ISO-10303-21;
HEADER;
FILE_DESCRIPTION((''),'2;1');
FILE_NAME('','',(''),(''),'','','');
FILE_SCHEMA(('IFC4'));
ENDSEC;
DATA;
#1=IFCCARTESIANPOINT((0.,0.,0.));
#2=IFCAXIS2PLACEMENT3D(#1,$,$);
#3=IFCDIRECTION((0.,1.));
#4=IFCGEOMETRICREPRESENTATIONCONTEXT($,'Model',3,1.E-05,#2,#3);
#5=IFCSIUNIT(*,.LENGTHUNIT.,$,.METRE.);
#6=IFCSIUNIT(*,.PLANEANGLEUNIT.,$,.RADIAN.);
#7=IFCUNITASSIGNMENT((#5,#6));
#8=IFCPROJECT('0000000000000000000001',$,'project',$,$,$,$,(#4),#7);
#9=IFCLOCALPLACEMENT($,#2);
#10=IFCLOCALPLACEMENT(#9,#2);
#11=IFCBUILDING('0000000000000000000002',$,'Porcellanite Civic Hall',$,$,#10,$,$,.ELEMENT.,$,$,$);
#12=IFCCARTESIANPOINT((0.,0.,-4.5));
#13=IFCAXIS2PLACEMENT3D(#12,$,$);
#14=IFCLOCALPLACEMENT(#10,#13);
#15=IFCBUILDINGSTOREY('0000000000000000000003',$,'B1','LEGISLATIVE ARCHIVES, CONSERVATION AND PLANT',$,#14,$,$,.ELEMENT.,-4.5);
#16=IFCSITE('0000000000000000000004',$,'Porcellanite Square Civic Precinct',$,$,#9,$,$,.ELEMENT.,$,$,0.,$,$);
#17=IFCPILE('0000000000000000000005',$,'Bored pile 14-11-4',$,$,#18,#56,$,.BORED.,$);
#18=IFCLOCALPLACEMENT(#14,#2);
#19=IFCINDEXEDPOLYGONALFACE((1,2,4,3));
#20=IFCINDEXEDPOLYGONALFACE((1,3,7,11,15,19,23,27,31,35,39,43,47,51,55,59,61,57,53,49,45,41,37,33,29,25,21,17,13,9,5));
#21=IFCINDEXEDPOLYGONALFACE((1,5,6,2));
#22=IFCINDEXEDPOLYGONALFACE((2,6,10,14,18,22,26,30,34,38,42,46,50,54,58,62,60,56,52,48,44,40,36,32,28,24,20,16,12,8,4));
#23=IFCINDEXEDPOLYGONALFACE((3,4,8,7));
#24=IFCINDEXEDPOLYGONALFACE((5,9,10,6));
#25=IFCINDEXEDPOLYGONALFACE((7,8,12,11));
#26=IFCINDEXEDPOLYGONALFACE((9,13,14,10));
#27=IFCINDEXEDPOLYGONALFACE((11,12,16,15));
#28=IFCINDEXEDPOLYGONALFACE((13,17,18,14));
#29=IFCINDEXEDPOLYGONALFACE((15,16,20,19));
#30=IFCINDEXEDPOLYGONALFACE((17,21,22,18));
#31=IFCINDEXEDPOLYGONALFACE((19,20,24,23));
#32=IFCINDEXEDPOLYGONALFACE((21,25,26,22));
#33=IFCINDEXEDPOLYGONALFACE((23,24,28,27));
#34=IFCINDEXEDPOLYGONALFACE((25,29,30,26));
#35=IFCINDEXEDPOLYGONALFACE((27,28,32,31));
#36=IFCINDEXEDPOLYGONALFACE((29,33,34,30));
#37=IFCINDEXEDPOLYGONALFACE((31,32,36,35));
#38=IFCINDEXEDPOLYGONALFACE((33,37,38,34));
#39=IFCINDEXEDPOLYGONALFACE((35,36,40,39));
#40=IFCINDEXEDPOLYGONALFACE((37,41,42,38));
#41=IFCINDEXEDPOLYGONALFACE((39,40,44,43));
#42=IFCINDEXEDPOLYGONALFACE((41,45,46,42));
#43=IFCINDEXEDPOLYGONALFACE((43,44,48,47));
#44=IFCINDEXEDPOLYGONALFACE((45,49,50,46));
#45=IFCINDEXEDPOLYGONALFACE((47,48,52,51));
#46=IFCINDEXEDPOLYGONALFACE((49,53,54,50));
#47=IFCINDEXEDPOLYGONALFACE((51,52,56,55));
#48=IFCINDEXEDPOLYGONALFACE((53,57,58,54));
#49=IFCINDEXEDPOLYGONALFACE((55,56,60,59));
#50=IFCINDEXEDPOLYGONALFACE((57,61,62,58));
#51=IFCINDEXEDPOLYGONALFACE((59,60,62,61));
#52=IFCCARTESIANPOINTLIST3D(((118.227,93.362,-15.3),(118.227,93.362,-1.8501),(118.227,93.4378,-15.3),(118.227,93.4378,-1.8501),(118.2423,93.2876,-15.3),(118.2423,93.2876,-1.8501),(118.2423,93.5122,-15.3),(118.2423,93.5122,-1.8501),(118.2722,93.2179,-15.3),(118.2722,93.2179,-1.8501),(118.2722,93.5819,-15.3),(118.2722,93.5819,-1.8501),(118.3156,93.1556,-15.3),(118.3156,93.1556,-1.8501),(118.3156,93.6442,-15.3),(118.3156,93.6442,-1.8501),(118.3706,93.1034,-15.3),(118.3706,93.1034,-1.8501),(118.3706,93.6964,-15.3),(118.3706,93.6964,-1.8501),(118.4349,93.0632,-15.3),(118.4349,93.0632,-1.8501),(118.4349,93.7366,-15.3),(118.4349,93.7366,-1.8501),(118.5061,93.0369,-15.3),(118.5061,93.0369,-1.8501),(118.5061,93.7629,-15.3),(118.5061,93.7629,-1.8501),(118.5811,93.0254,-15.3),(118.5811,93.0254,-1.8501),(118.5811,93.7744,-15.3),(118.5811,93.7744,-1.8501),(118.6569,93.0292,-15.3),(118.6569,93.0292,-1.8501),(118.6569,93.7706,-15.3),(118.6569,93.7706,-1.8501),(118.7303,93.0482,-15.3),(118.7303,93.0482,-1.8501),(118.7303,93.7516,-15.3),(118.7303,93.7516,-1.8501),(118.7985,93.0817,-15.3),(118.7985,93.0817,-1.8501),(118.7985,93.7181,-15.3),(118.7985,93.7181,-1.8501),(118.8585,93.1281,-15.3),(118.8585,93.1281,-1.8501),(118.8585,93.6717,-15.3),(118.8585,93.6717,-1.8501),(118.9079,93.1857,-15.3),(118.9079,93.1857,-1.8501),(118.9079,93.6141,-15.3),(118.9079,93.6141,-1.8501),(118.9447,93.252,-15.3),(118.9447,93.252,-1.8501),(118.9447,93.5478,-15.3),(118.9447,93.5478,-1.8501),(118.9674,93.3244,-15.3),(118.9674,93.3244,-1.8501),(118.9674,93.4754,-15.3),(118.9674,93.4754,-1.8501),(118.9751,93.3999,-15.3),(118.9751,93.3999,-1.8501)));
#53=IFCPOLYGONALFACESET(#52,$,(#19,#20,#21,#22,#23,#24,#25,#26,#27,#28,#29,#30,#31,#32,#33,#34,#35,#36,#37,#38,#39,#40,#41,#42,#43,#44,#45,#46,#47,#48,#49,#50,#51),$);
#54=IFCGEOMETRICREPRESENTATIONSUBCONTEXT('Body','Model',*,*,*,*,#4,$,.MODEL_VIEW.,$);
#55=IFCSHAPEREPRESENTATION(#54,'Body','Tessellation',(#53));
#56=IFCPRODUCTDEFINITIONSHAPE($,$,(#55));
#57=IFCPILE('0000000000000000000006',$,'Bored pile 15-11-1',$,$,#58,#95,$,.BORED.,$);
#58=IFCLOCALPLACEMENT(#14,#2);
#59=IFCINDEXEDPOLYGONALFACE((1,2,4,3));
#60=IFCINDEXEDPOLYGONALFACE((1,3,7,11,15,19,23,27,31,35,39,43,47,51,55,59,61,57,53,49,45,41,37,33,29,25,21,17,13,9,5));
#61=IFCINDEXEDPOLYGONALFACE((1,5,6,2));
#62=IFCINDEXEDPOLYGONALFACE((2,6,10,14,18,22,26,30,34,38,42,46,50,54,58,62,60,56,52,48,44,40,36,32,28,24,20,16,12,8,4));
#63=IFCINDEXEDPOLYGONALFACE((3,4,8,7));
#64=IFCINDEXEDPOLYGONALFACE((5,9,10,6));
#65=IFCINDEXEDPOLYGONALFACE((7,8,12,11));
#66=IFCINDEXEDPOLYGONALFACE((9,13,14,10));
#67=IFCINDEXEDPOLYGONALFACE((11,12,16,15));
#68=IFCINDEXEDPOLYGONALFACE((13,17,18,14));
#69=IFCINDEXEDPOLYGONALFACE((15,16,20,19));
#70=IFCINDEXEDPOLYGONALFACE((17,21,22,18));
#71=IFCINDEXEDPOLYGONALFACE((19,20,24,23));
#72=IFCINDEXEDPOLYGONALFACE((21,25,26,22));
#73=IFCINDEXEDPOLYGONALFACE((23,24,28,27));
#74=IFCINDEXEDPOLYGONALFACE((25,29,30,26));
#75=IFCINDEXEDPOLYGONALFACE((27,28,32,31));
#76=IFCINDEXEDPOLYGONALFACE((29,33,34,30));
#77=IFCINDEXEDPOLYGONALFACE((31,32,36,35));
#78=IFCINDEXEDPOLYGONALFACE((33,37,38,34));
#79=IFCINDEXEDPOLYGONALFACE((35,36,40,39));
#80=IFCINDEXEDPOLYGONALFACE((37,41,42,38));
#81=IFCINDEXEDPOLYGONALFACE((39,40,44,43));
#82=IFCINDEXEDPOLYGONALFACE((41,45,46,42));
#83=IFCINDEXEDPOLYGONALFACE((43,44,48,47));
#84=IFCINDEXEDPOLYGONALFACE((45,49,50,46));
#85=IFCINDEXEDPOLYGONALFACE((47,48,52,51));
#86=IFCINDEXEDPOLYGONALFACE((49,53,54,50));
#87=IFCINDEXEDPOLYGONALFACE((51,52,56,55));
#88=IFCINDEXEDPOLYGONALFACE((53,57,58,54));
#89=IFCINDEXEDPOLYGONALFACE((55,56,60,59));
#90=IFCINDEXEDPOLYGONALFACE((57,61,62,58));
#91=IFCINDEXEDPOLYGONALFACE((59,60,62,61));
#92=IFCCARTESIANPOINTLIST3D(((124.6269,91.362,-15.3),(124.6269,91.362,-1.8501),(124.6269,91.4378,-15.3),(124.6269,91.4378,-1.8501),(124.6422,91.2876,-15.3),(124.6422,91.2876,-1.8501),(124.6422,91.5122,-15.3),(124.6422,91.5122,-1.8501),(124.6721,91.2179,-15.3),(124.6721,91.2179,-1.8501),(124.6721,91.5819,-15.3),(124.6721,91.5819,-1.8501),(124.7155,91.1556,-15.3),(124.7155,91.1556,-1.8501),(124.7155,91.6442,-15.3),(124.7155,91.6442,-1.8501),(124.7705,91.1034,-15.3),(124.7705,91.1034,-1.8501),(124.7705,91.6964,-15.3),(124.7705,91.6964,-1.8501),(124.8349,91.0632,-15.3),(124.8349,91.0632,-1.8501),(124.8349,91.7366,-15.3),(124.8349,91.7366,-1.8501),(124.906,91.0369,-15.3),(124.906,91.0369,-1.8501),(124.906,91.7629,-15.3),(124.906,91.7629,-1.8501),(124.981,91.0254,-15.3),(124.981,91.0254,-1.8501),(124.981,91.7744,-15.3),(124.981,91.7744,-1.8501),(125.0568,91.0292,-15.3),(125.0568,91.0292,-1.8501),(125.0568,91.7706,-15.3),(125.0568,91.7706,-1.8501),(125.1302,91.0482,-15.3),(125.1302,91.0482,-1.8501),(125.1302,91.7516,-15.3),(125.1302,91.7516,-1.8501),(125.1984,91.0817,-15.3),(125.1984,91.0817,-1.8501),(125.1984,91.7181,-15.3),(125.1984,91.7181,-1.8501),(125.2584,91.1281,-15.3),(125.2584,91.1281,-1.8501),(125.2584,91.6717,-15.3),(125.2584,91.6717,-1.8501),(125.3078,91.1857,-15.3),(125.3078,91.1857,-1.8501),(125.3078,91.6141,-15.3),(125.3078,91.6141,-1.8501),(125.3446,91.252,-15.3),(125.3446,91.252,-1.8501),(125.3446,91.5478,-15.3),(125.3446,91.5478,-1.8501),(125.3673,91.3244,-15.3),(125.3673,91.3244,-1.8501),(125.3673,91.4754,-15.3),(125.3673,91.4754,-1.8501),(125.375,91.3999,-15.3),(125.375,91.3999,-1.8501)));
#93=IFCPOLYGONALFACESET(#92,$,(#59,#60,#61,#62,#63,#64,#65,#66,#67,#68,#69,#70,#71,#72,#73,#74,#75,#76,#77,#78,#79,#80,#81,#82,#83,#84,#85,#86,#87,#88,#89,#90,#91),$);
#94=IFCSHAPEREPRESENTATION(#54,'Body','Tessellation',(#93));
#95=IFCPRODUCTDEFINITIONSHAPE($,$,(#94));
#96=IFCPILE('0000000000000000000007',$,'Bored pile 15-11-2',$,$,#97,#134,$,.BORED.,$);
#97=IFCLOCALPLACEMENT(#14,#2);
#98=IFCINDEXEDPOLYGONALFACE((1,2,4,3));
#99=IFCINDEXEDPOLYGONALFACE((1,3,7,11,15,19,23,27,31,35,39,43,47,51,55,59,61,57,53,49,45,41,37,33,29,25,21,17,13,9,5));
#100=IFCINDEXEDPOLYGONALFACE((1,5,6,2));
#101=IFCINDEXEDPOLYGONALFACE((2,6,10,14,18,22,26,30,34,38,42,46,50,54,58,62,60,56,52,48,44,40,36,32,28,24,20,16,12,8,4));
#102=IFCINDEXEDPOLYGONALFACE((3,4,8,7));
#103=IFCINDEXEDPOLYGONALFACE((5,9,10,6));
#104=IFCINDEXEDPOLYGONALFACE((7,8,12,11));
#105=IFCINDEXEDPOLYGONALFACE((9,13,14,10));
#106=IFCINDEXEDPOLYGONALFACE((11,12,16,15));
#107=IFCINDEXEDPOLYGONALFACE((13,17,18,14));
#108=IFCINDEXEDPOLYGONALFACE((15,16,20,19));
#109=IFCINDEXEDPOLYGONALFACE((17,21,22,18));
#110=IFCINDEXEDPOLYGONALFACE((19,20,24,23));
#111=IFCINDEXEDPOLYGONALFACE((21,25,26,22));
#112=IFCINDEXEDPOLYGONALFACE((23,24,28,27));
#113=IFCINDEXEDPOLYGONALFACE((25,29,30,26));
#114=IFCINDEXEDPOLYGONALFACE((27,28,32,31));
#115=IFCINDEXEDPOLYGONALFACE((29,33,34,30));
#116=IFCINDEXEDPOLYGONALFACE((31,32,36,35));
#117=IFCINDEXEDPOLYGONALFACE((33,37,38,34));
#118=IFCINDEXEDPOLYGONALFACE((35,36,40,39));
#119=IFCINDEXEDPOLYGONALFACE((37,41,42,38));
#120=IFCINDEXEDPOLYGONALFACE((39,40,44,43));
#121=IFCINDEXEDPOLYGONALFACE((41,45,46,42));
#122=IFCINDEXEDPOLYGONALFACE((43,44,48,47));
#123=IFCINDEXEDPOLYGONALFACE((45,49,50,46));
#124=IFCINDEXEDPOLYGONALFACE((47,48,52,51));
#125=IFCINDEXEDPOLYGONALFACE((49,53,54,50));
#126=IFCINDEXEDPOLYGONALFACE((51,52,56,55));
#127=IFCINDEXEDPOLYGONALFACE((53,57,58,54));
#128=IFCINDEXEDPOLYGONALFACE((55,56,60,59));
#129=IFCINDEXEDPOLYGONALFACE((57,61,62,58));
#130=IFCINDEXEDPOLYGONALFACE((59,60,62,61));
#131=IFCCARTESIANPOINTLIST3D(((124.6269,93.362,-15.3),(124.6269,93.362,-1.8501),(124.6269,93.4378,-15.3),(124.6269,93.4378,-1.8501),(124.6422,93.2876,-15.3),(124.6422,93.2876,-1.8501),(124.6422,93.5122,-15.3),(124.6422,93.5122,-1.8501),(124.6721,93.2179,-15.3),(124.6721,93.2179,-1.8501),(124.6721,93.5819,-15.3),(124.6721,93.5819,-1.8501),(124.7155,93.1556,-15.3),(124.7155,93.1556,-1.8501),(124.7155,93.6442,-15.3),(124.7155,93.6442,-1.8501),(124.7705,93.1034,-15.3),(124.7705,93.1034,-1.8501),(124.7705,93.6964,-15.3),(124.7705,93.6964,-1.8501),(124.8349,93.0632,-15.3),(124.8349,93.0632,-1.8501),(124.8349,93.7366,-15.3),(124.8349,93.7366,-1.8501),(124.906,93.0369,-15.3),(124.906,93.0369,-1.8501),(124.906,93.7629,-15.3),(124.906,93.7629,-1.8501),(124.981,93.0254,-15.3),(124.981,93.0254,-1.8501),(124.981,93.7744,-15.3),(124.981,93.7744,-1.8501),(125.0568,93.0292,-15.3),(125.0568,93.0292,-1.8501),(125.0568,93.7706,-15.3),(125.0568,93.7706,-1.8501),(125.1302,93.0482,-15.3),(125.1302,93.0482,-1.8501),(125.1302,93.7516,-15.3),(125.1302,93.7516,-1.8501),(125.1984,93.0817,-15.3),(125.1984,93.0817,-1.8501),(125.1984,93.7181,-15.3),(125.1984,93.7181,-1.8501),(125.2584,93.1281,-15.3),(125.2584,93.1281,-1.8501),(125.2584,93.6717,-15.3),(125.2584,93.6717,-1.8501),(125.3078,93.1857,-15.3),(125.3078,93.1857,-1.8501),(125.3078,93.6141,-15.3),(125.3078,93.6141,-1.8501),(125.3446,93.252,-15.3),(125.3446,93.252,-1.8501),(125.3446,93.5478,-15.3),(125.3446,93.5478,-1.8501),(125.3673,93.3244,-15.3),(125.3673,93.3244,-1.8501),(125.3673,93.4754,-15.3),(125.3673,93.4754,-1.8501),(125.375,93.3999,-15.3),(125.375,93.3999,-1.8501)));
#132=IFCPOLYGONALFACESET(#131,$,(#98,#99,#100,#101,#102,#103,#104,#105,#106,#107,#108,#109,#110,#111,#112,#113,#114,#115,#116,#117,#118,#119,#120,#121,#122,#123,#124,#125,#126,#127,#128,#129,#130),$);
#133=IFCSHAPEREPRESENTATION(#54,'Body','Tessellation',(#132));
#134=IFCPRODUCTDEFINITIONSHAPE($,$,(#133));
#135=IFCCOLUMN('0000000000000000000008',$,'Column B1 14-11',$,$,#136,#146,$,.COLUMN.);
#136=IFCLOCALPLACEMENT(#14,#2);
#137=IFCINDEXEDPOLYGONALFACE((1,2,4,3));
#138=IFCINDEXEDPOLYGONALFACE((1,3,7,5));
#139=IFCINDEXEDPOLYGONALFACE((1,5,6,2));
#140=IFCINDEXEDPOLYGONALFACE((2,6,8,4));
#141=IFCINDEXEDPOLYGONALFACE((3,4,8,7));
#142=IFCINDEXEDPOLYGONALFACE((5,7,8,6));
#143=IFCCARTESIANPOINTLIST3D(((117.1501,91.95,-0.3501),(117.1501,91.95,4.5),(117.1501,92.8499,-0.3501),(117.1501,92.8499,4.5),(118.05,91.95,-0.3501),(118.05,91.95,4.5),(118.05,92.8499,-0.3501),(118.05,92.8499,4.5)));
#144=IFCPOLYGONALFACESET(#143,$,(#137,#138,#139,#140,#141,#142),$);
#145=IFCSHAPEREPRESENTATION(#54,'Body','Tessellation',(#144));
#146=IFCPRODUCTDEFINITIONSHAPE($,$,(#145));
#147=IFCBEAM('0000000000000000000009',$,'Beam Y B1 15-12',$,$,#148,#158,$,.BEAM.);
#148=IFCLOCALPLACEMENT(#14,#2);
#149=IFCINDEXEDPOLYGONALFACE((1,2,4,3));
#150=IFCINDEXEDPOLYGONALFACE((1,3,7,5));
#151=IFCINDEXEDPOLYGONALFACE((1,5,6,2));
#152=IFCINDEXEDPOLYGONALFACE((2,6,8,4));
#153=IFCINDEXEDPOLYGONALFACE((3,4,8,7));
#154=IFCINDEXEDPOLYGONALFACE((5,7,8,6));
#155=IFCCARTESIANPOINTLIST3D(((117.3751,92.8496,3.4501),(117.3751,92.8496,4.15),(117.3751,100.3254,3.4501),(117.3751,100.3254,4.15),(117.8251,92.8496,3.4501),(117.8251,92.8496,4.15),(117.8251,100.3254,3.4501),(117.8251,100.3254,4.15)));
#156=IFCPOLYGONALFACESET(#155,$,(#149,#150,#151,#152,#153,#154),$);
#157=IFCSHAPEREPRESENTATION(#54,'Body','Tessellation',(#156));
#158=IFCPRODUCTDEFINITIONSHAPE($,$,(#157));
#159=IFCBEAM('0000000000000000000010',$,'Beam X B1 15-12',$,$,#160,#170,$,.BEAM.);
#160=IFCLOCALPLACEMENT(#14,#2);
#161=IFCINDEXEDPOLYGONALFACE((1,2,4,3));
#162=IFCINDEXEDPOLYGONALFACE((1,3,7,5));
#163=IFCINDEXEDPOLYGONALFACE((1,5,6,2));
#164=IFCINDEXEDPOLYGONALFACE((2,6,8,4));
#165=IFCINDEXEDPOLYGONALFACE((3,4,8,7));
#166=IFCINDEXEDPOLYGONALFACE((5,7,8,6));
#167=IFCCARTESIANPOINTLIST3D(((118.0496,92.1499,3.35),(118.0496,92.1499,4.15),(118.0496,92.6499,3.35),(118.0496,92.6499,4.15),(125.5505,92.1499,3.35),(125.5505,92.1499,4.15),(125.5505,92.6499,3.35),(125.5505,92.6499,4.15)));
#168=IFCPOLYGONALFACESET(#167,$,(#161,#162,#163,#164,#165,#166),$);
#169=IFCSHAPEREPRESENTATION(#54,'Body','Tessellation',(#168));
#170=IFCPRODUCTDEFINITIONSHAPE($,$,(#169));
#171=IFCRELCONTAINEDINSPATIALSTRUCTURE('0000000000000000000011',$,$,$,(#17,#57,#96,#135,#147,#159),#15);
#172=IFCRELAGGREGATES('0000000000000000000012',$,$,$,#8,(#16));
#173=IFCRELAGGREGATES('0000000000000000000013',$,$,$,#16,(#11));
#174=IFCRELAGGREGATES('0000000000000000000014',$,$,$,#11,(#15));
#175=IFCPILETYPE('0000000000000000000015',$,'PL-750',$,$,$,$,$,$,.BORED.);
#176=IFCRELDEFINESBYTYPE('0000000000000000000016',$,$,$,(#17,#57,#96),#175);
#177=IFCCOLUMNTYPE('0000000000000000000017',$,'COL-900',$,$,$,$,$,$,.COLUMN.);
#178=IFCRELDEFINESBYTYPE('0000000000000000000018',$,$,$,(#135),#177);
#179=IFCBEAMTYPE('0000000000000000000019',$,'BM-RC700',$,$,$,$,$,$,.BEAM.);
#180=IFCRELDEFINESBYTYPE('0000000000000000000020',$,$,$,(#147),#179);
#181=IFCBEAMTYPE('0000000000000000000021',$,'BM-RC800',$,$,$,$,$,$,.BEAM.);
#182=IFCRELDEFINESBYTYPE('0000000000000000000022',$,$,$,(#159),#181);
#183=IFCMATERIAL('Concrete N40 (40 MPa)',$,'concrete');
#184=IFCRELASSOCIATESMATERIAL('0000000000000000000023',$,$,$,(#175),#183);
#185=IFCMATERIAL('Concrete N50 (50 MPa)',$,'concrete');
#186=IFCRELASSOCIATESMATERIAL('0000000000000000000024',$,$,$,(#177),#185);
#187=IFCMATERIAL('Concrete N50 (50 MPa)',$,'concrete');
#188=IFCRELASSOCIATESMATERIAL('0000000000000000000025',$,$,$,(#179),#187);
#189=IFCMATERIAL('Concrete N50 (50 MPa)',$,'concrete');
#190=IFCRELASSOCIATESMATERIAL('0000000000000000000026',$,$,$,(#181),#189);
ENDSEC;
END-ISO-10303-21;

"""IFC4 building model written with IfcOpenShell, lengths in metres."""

from ifc_helpers import new_model, si_unit, direction, frame, origin, origin_2d, place, context, subcontext, project, spatial, rectangle, circle, extrude, material, material_profile, profile_set, type_object, element, save


model = new_model("IFC4")

# Units and contexts
model_context = context("Model", 3, precision=1e-05, world=origin(), true_north=direction((0.0, 1.0)))
body_context = subcontext(model_context, "Body", "Model", "MODEL_VIEW")
ifc_project = project(units=[si_unit("LENGTHUNIT", "METRE"), si_unit("PLANEANGLEUNIT", "RADIAN")], contexts=[model_context])

# Site, building, storey
site_placement = place(None, origin())
site = spatial("IfcSite", under=ifc_project, at=site_placement, Name="Porcellanite Square Civic Precinct", CompositionType="ELEMENT", RefElevation=0.0)
building_placement = place(site_placement, origin())
building = spatial("IfcBuilding", under=site, at=building_placement, Name="Porcellanite Civic Hall", CompositionType="ELEMENT")
storey_placement = place(building_placement, frame((0.0, 0.0, -4.5)))
storey = spatial("IfcBuildingStorey", under=building, at=storey_placement, Name="B1", Description="LEGISLATIVE ARCHIVES, CONSERVATION AND PLANT", CompositionType="ELEMENT", Elevation=-4.5)

# Piles
ifc_material_1 = material(Name="Concrete N40 (40 MPa)", Category="concrete")
ifc_material_profile_1 = material_profile(ifc_material_1, circle(Radius=0.375, at=origin_2d()), Name="PILE-D750")
ifc_profile_set_1 = profile_set([ifc_material_profile_1], Name="Concrete N40 (40 MPa)")
pile_type_1 = type_object("IfcPileType", Name="PL-750", PredefinedType="BORED", material=ifc_profile_set_1)
for number, where, z_axis, x_axis, name in (
    (1, (118.6001, 93.3999, -1.8501), (0.0, 0.0, -1.0), (1.0, 0.0, 0.0), "Bored pile 14-11-4"),
    (2, (125.0, 91.3999, -1.8501), (0.0, 0.0, -1.0), (1.0, 0.0, 0.0), "Bored pile 15-11-1"),
    (3, (125.0, 93.3999, -1.8501), (0.0, 0.0, -1.0), (1.0, 0.0, 0.0), "Bored pile 15-11-2"),
):
    element("IfcPile", number, at=place(storey_placement, frame(where, z_axis=z_axis, x_axis=x_axis)), inside=storey, type_object=pile_type_1, Name=name, PredefinedType="BORED", context=body_context, shape_type="SweptSolid", body=[
        extrude(circle(Radius=0.375, at=origin_2d()), origin(), (0.0, 0.0, 1.0), 13.45),
    ])

# Column
ifc_material_2 = material(Name="Concrete N50 (50 MPa)", Category="concrete")
ifc_material_profile_2 = material_profile(ifc_material_2, rectangle(XDim=0.8999, YDim=0.8999, at=origin_2d()), Name="RC-900x900")
ifc_profile_set_2 = profile_set([ifc_material_profile_2], Name="Concrete N50 (50 MPa)")
column_type = type_object("IfcColumnType", Name="COL-900", PredefinedType="COLUMN", material=ifc_profile_set_2)
column_placement = place(storey_placement, frame((117.6001, 92.3999, -0.3501), z_axis=(0.0, 0.0, 1.0), x_axis=(1.0, 0.0, 0.0)))
element("IfcColumn", 4, at=column_placement, inside=storey, type_object=column_type, Name="Column B1 14-11", PredefinedType="COLUMN", context=body_context, shape_type="SweptSolid", body=[
    extrude(rectangle(XDim=0.8999, YDim=0.8999, at=origin_2d()), origin(), (0.0, 0.0, 1.0), 4.8501),
])

# Beams
ifc_material_3 = material(Name="Concrete N50 (50 MPa)", Category="concrete")
ifc_material_profile_3 = material_profile(ifc_material_3, rectangle(XDim=0.45, YDim=0.7, at=origin_2d()), Name="RC-450x700")
ifc_profile_set_3 = profile_set([ifc_material_profile_3], Name="Concrete N50 (50 MPa)")
beam_type_1 = type_object("IfcBeamType", Name="BM-RC700", PredefinedType="BEAM", material=ifc_profile_set_3)
beam_1_placement = place(storey_placement, frame((117.6001, 92.8496, 3.8), z_axis=(0.0, 1.0, 0.0), x_axis=(-1.0, 0.0, 0.0)))
element("IfcBeam", 5, at=beam_1_placement, inside=storey, type_object=beam_type_1, Name="Beam Y B1 15-12", PredefinedType="BEAM", context=body_context, shape_type="SweptSolid", body=[
    extrude(rectangle(XDim=0.45, YDim=0.7, at=origin_2d()), origin(), (0.0, 0.0, 1.0), 7.4758),
])
ifc_material_4 = material(Name="Concrete N50 (50 MPa)", Category="concrete")
ifc_material_profile_4 = material_profile(ifc_material_4, rectangle(XDim=0.5, YDim=0.8, at=origin_2d()), Name="RC-500x800")
ifc_profile_set_4 = profile_set([ifc_material_profile_4], Name="Concrete N50 (50 MPa)")
beam_type_2 = type_object("IfcBeamType", Name="BM-RC800", PredefinedType="BEAM", material=ifc_profile_set_4)
beam_2_placement = place(storey_placement, frame((118.0496, 92.3999, 3.75), z_axis=(1.0, 0.0, 0.0), x_axis=(0.0, 1.0, 0.0)))
element("IfcBeam", 6, at=beam_2_placement, inside=storey, type_object=beam_type_2, Name="Beam X B1 15-12", PredefinedType="BEAM", context=body_context, shape_type="SweptSolid", body=[
    extrude(rectangle(XDim=0.5, YDim=0.8, at=origin_2d()), origin(), (0.0, 0.0, 1.0), 7.501),
])

save(model, "model.ifc")
